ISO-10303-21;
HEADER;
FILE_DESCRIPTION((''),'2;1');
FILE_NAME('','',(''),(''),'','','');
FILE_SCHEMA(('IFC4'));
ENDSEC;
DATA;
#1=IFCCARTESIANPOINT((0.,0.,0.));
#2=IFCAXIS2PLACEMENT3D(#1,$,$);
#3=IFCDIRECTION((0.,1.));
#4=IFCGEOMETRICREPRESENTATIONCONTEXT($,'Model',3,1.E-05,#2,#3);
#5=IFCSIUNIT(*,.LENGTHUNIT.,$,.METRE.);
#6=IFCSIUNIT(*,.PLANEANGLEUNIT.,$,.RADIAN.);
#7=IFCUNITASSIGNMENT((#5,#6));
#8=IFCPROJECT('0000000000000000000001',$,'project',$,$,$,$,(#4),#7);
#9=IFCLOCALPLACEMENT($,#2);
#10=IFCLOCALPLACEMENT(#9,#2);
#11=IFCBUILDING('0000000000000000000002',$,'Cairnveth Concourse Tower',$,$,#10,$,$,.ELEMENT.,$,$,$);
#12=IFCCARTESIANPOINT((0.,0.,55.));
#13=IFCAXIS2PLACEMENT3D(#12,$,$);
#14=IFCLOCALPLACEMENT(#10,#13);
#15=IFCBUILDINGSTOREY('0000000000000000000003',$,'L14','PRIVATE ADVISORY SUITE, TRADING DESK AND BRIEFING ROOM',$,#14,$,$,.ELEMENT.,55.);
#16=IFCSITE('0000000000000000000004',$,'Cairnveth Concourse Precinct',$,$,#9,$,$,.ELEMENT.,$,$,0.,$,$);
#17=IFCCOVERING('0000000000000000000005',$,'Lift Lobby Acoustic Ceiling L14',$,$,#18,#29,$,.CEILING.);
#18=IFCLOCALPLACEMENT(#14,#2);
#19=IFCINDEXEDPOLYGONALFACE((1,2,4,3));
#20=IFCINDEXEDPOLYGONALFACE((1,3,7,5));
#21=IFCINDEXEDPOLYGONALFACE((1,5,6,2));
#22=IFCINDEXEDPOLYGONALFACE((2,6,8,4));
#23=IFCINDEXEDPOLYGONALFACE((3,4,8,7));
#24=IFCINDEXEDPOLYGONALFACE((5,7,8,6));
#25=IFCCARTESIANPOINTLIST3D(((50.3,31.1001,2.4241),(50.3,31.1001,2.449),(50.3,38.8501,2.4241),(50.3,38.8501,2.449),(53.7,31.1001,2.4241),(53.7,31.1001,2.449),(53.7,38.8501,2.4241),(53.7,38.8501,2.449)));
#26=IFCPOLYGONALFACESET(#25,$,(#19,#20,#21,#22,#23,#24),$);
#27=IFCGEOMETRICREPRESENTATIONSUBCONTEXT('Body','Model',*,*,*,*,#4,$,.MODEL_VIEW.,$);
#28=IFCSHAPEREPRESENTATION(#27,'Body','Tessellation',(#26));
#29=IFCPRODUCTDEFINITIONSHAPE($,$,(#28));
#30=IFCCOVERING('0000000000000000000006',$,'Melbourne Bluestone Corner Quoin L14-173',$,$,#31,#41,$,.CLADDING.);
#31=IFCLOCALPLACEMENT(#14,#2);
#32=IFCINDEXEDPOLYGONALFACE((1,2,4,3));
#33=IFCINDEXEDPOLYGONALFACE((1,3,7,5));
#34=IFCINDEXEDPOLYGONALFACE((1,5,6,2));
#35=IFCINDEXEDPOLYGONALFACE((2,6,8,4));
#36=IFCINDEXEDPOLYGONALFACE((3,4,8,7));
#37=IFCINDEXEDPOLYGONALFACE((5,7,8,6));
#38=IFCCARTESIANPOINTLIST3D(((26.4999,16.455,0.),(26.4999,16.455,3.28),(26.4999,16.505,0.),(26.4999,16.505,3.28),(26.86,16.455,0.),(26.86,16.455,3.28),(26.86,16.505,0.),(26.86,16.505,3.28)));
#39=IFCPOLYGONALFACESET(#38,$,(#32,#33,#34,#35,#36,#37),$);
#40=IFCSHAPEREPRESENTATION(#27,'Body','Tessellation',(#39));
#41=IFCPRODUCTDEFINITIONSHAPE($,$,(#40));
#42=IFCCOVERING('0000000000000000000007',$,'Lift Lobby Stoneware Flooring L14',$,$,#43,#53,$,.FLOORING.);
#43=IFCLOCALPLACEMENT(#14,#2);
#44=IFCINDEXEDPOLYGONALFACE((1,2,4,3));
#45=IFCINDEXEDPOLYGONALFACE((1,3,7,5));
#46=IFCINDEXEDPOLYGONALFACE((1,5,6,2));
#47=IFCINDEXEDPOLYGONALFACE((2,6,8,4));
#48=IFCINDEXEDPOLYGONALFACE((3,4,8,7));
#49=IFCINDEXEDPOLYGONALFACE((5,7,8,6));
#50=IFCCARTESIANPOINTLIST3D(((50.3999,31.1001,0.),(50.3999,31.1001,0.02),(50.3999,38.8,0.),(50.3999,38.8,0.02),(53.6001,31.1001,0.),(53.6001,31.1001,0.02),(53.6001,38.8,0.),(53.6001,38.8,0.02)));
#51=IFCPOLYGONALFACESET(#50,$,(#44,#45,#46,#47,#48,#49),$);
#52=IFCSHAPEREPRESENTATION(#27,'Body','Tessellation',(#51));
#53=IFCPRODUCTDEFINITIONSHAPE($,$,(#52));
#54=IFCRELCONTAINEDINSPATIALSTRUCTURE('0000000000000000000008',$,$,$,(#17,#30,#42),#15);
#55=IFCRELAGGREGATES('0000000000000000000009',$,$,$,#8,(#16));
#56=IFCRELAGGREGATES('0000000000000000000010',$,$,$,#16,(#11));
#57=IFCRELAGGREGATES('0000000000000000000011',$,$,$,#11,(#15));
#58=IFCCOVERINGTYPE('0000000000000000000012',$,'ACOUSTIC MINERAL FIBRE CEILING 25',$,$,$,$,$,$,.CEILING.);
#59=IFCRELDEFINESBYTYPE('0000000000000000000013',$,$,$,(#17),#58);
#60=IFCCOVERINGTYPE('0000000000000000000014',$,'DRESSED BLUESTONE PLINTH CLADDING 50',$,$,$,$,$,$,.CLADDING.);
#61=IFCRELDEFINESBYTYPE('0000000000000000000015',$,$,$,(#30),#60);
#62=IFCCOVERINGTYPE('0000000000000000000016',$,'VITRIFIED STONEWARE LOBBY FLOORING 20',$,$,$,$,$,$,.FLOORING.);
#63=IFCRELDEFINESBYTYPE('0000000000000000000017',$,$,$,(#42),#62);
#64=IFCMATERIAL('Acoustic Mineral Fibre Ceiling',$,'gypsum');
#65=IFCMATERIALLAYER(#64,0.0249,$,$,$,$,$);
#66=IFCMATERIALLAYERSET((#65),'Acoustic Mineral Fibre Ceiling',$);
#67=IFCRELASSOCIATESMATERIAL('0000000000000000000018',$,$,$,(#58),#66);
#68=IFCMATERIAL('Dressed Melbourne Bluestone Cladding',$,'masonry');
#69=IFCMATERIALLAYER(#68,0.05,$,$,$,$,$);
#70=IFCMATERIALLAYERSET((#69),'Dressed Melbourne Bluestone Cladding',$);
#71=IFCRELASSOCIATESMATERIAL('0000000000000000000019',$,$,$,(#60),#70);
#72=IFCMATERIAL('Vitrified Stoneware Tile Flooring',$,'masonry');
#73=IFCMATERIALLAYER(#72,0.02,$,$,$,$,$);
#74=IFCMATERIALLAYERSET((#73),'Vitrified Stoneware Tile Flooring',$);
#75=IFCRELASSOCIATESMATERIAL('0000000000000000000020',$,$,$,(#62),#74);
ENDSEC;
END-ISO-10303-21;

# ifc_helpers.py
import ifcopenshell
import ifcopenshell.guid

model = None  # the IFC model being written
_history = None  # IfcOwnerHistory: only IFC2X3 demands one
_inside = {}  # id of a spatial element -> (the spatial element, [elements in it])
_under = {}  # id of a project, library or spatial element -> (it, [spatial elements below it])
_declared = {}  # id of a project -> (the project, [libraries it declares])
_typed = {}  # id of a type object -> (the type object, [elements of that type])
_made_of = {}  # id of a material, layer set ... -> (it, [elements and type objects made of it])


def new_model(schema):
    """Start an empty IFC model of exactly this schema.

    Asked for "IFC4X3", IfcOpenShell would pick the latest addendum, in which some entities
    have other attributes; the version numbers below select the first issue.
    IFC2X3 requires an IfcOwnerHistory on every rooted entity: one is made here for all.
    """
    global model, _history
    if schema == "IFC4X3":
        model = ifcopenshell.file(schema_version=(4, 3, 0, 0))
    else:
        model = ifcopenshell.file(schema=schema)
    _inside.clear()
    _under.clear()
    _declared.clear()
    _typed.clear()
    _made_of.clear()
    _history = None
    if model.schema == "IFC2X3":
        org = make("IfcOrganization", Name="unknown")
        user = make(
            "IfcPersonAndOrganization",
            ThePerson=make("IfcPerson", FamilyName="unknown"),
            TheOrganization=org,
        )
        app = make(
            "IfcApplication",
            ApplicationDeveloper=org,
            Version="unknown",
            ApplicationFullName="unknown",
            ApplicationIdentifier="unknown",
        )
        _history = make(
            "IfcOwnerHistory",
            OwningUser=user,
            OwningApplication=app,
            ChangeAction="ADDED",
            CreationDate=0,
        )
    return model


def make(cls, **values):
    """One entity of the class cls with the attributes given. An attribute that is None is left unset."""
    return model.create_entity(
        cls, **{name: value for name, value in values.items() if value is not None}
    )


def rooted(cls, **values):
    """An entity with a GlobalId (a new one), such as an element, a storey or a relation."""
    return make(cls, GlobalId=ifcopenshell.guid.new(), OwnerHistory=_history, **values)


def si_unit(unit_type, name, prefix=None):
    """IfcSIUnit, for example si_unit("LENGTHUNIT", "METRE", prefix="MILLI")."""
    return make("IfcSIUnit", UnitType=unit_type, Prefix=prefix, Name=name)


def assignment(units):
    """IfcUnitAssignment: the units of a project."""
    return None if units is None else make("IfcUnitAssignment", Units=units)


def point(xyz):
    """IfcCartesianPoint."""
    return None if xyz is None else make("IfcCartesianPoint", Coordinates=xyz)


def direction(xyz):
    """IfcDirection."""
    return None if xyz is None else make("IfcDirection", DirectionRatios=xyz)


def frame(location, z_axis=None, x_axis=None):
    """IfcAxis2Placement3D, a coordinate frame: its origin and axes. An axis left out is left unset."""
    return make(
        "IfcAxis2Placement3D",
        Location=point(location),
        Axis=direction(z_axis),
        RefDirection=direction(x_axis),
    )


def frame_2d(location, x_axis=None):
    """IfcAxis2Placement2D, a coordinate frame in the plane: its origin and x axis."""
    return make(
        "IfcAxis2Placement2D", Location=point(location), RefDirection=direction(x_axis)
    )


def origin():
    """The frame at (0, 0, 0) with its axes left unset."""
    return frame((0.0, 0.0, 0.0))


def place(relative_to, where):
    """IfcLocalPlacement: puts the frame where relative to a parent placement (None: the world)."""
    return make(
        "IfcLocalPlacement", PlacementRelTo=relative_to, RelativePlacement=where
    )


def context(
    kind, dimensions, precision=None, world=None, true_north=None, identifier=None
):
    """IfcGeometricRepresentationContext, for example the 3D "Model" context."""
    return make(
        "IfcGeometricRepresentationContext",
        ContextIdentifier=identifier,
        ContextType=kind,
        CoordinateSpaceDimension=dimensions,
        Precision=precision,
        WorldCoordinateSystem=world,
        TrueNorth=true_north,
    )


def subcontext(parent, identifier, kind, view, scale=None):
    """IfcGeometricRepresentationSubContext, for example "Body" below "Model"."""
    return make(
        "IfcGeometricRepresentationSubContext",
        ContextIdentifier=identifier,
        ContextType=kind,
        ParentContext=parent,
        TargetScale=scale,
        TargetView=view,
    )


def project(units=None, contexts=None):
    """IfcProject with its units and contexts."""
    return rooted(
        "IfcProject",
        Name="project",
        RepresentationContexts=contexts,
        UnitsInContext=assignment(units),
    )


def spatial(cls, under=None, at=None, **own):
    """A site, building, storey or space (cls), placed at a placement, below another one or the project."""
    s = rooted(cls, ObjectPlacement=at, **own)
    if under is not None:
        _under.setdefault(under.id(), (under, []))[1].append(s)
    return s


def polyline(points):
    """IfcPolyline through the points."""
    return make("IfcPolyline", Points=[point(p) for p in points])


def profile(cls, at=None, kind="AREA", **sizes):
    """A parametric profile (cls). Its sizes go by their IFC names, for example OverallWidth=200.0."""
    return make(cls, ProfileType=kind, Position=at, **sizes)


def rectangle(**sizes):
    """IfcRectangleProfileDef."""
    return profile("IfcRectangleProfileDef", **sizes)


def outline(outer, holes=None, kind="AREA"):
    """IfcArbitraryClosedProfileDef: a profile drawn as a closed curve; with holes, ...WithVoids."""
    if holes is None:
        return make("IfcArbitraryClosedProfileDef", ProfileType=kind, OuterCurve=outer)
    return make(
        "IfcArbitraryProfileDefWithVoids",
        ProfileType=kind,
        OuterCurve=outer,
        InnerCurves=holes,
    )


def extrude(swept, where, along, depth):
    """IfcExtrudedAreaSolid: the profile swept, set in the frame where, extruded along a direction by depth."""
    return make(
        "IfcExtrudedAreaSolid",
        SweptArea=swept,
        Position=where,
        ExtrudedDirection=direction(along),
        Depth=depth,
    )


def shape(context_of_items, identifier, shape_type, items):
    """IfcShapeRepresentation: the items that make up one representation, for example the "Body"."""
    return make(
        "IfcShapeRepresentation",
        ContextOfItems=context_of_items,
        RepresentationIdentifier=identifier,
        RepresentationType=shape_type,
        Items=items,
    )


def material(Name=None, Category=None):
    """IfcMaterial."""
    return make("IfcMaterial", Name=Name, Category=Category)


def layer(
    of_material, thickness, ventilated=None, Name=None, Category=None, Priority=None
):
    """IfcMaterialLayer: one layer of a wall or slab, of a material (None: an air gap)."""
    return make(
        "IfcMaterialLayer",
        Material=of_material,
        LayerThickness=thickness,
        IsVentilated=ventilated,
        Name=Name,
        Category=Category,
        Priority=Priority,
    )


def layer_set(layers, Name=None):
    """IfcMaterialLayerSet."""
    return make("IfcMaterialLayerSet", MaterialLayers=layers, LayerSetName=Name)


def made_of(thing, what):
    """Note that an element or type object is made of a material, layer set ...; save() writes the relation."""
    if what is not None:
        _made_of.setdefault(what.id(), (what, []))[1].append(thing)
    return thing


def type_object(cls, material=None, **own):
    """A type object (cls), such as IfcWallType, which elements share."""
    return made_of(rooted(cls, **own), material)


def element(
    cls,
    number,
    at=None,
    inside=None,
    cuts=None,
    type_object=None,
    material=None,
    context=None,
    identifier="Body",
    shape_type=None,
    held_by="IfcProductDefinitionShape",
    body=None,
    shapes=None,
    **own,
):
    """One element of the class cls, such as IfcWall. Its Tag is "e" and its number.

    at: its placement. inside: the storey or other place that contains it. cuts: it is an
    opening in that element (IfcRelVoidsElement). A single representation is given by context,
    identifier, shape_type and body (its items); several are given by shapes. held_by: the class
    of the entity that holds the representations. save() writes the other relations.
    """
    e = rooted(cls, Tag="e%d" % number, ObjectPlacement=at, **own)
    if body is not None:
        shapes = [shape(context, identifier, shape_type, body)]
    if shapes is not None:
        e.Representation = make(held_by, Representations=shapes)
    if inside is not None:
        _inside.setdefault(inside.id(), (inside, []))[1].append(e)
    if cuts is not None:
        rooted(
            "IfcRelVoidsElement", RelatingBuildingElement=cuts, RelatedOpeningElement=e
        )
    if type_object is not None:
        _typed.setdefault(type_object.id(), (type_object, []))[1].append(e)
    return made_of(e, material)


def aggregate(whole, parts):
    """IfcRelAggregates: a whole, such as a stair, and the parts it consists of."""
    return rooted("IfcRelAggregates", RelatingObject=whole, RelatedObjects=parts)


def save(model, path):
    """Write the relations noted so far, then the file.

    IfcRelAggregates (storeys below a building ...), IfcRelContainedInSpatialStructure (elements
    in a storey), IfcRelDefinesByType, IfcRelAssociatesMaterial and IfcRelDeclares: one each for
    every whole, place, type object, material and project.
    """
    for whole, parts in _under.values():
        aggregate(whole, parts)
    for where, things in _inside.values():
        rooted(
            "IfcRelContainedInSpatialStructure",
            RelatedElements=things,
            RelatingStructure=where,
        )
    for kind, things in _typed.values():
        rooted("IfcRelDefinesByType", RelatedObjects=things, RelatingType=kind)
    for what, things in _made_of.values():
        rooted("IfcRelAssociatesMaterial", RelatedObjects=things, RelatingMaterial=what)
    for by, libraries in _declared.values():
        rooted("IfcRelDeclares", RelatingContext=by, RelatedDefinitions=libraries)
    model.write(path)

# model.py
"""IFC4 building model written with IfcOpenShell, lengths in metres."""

from ifc_helpers import new_model, si_unit, direction, frame, frame_2d, origin, place, context, subcontext, project, spatial, polyline, rectangle, outline, extrude, material, layer, layer_set, type_object, element, save


model = new_model("IFC4")

# Units and contexts
model_context = context("Model", 3, precision=1e-05, world=origin(), true_north=direction((0.0, 1.0)))
body_context = subcontext(model_context, "Body", "Model", "MODEL_VIEW")
ifc_project = project(units=[si_unit("LENGTHUNIT", "METRE"), si_unit("PLANEANGLEUNIT", "RADIAN")], contexts=[model_context])

# Site, building, storey
site_placement = place(None, origin())
site = spatial("IfcSite", under=ifc_project, at=site_placement, Name="Cairnveth Concourse Precinct", CompositionType="ELEMENT", RefElevation=0.0)
building_placement = place(site_placement, origin())
building = spatial("IfcBuilding", under=site, at=building_placement, Name="Cairnveth Concourse Tower", CompositionType="ELEMENT")
storey_placement = place(building_placement, frame((0.0, 0.0, 55.0)))
storey = spatial("IfcBuildingStorey", under=building, at=storey_placement, Name="L14", Description="PRIVATE ADVISORY SUITE, TRADING DESK AND BRIEFING ROOM", CompositionType="ELEMENT", Elevation=55.0)

# Coverings
ifc_material_1 = material(Name="Acoustic Mineral Fibre Ceiling", Category="gypsum")
ifc_layer_1 = layer(ifc_material_1, 0.0249)
ifc_layer_set_1 = layer_set([ifc_layer_1], Name="Acoustic Mineral Fibre Ceiling")
covering_type_1 = type_object("IfcCoveringType", Name="ACOUSTIC MINERAL FIBRE CEILING 25", PredefinedType="CEILING", material=ifc_layer_set_1)
covering_1_placement = place(storey_placement, frame((0.0, 0.0, 2.4241)))
element("IfcCovering", 1, at=covering_1_placement, inside=storey, type_object=covering_type_1, Name="Lift Lobby Acoustic Ceiling L14", PredefinedType="CEILING", context=body_context, shape_type="SweptSolid", body=[
    extrude(outline(polyline([(50.3, 31.1001), (53.7, 31.1001), (53.7, 38.8501), (50.3, 38.8501), (50.3, 31.1001)])), origin(), (0.0, 0.0, 1.0), 0.0249),
])
ifc_material_2 = material(Name="Dressed Melbourne Bluestone Cladding", Category="masonry")
ifc_layer_2 = layer(ifc_material_2, 0.05)
ifc_layer_set_2 = layer_set([ifc_layer_2], Name="Dressed Melbourne Bluestone Cladding")
covering_type_2 = type_object("IfcCoveringType", Name="DRESSED BLUESTONE PLINTH CLADDING 50", PredefinedType="CLADDING", material=ifc_layer_set_2)
covering_2_placement = place(storey_placement, frame((26.8601, 16.48, 0.0), z_axis=(0.0, 0.0, 1.0), x_axis=(-1.0, 0.0, 0.0)))
element("IfcCovering", 2, at=covering_2_placement, inside=storey, type_object=covering_type_2, Name="Melbourne Bluestone Corner Quoin L14-173", PredefinedType="CLADDING", context=body_context, shape_type="SweptSolid", body=[
    extrude(rectangle(XDim=0.3601, YDim=0.05, at=frame_2d((0.1802, 0.0))), origin(), (0.0, 0.0, 1.0), 3.28),
])
ifc_material_3 = material(Name="Vitrified Stoneware Tile Flooring", Category="masonry")
ifc_layer_3 = layer(ifc_material_3, 0.02)
ifc_layer_set_3 = layer_set([ifc_layer_3], Name="Vitrified Stoneware Tile Flooring")
covering_type_3 = type_object("IfcCoveringType", Name="VITRIFIED STONEWARE LOBBY FLOORING 20", PredefinedType="FLOORING", material=ifc_layer_set_3)
covering_3_placement = place(storey_placement, origin())
element("IfcCovering", 3, at=covering_3_placement, inside=storey, type_object=covering_type_3, Name="Lift Lobby Stoneware Flooring L14", PredefinedType="FLOORING", context=body_context, shape_type="SweptSolid", body=[
    extrude(outline(polyline([(50.3999, 31.1001), (53.6001, 31.1001), (53.6001, 38.8), (50.3999, 38.8), (50.3999, 31.1001)])), origin(), (0.0, 0.0, 1.0), 0.02),
])

save(model, "model.ifc")
